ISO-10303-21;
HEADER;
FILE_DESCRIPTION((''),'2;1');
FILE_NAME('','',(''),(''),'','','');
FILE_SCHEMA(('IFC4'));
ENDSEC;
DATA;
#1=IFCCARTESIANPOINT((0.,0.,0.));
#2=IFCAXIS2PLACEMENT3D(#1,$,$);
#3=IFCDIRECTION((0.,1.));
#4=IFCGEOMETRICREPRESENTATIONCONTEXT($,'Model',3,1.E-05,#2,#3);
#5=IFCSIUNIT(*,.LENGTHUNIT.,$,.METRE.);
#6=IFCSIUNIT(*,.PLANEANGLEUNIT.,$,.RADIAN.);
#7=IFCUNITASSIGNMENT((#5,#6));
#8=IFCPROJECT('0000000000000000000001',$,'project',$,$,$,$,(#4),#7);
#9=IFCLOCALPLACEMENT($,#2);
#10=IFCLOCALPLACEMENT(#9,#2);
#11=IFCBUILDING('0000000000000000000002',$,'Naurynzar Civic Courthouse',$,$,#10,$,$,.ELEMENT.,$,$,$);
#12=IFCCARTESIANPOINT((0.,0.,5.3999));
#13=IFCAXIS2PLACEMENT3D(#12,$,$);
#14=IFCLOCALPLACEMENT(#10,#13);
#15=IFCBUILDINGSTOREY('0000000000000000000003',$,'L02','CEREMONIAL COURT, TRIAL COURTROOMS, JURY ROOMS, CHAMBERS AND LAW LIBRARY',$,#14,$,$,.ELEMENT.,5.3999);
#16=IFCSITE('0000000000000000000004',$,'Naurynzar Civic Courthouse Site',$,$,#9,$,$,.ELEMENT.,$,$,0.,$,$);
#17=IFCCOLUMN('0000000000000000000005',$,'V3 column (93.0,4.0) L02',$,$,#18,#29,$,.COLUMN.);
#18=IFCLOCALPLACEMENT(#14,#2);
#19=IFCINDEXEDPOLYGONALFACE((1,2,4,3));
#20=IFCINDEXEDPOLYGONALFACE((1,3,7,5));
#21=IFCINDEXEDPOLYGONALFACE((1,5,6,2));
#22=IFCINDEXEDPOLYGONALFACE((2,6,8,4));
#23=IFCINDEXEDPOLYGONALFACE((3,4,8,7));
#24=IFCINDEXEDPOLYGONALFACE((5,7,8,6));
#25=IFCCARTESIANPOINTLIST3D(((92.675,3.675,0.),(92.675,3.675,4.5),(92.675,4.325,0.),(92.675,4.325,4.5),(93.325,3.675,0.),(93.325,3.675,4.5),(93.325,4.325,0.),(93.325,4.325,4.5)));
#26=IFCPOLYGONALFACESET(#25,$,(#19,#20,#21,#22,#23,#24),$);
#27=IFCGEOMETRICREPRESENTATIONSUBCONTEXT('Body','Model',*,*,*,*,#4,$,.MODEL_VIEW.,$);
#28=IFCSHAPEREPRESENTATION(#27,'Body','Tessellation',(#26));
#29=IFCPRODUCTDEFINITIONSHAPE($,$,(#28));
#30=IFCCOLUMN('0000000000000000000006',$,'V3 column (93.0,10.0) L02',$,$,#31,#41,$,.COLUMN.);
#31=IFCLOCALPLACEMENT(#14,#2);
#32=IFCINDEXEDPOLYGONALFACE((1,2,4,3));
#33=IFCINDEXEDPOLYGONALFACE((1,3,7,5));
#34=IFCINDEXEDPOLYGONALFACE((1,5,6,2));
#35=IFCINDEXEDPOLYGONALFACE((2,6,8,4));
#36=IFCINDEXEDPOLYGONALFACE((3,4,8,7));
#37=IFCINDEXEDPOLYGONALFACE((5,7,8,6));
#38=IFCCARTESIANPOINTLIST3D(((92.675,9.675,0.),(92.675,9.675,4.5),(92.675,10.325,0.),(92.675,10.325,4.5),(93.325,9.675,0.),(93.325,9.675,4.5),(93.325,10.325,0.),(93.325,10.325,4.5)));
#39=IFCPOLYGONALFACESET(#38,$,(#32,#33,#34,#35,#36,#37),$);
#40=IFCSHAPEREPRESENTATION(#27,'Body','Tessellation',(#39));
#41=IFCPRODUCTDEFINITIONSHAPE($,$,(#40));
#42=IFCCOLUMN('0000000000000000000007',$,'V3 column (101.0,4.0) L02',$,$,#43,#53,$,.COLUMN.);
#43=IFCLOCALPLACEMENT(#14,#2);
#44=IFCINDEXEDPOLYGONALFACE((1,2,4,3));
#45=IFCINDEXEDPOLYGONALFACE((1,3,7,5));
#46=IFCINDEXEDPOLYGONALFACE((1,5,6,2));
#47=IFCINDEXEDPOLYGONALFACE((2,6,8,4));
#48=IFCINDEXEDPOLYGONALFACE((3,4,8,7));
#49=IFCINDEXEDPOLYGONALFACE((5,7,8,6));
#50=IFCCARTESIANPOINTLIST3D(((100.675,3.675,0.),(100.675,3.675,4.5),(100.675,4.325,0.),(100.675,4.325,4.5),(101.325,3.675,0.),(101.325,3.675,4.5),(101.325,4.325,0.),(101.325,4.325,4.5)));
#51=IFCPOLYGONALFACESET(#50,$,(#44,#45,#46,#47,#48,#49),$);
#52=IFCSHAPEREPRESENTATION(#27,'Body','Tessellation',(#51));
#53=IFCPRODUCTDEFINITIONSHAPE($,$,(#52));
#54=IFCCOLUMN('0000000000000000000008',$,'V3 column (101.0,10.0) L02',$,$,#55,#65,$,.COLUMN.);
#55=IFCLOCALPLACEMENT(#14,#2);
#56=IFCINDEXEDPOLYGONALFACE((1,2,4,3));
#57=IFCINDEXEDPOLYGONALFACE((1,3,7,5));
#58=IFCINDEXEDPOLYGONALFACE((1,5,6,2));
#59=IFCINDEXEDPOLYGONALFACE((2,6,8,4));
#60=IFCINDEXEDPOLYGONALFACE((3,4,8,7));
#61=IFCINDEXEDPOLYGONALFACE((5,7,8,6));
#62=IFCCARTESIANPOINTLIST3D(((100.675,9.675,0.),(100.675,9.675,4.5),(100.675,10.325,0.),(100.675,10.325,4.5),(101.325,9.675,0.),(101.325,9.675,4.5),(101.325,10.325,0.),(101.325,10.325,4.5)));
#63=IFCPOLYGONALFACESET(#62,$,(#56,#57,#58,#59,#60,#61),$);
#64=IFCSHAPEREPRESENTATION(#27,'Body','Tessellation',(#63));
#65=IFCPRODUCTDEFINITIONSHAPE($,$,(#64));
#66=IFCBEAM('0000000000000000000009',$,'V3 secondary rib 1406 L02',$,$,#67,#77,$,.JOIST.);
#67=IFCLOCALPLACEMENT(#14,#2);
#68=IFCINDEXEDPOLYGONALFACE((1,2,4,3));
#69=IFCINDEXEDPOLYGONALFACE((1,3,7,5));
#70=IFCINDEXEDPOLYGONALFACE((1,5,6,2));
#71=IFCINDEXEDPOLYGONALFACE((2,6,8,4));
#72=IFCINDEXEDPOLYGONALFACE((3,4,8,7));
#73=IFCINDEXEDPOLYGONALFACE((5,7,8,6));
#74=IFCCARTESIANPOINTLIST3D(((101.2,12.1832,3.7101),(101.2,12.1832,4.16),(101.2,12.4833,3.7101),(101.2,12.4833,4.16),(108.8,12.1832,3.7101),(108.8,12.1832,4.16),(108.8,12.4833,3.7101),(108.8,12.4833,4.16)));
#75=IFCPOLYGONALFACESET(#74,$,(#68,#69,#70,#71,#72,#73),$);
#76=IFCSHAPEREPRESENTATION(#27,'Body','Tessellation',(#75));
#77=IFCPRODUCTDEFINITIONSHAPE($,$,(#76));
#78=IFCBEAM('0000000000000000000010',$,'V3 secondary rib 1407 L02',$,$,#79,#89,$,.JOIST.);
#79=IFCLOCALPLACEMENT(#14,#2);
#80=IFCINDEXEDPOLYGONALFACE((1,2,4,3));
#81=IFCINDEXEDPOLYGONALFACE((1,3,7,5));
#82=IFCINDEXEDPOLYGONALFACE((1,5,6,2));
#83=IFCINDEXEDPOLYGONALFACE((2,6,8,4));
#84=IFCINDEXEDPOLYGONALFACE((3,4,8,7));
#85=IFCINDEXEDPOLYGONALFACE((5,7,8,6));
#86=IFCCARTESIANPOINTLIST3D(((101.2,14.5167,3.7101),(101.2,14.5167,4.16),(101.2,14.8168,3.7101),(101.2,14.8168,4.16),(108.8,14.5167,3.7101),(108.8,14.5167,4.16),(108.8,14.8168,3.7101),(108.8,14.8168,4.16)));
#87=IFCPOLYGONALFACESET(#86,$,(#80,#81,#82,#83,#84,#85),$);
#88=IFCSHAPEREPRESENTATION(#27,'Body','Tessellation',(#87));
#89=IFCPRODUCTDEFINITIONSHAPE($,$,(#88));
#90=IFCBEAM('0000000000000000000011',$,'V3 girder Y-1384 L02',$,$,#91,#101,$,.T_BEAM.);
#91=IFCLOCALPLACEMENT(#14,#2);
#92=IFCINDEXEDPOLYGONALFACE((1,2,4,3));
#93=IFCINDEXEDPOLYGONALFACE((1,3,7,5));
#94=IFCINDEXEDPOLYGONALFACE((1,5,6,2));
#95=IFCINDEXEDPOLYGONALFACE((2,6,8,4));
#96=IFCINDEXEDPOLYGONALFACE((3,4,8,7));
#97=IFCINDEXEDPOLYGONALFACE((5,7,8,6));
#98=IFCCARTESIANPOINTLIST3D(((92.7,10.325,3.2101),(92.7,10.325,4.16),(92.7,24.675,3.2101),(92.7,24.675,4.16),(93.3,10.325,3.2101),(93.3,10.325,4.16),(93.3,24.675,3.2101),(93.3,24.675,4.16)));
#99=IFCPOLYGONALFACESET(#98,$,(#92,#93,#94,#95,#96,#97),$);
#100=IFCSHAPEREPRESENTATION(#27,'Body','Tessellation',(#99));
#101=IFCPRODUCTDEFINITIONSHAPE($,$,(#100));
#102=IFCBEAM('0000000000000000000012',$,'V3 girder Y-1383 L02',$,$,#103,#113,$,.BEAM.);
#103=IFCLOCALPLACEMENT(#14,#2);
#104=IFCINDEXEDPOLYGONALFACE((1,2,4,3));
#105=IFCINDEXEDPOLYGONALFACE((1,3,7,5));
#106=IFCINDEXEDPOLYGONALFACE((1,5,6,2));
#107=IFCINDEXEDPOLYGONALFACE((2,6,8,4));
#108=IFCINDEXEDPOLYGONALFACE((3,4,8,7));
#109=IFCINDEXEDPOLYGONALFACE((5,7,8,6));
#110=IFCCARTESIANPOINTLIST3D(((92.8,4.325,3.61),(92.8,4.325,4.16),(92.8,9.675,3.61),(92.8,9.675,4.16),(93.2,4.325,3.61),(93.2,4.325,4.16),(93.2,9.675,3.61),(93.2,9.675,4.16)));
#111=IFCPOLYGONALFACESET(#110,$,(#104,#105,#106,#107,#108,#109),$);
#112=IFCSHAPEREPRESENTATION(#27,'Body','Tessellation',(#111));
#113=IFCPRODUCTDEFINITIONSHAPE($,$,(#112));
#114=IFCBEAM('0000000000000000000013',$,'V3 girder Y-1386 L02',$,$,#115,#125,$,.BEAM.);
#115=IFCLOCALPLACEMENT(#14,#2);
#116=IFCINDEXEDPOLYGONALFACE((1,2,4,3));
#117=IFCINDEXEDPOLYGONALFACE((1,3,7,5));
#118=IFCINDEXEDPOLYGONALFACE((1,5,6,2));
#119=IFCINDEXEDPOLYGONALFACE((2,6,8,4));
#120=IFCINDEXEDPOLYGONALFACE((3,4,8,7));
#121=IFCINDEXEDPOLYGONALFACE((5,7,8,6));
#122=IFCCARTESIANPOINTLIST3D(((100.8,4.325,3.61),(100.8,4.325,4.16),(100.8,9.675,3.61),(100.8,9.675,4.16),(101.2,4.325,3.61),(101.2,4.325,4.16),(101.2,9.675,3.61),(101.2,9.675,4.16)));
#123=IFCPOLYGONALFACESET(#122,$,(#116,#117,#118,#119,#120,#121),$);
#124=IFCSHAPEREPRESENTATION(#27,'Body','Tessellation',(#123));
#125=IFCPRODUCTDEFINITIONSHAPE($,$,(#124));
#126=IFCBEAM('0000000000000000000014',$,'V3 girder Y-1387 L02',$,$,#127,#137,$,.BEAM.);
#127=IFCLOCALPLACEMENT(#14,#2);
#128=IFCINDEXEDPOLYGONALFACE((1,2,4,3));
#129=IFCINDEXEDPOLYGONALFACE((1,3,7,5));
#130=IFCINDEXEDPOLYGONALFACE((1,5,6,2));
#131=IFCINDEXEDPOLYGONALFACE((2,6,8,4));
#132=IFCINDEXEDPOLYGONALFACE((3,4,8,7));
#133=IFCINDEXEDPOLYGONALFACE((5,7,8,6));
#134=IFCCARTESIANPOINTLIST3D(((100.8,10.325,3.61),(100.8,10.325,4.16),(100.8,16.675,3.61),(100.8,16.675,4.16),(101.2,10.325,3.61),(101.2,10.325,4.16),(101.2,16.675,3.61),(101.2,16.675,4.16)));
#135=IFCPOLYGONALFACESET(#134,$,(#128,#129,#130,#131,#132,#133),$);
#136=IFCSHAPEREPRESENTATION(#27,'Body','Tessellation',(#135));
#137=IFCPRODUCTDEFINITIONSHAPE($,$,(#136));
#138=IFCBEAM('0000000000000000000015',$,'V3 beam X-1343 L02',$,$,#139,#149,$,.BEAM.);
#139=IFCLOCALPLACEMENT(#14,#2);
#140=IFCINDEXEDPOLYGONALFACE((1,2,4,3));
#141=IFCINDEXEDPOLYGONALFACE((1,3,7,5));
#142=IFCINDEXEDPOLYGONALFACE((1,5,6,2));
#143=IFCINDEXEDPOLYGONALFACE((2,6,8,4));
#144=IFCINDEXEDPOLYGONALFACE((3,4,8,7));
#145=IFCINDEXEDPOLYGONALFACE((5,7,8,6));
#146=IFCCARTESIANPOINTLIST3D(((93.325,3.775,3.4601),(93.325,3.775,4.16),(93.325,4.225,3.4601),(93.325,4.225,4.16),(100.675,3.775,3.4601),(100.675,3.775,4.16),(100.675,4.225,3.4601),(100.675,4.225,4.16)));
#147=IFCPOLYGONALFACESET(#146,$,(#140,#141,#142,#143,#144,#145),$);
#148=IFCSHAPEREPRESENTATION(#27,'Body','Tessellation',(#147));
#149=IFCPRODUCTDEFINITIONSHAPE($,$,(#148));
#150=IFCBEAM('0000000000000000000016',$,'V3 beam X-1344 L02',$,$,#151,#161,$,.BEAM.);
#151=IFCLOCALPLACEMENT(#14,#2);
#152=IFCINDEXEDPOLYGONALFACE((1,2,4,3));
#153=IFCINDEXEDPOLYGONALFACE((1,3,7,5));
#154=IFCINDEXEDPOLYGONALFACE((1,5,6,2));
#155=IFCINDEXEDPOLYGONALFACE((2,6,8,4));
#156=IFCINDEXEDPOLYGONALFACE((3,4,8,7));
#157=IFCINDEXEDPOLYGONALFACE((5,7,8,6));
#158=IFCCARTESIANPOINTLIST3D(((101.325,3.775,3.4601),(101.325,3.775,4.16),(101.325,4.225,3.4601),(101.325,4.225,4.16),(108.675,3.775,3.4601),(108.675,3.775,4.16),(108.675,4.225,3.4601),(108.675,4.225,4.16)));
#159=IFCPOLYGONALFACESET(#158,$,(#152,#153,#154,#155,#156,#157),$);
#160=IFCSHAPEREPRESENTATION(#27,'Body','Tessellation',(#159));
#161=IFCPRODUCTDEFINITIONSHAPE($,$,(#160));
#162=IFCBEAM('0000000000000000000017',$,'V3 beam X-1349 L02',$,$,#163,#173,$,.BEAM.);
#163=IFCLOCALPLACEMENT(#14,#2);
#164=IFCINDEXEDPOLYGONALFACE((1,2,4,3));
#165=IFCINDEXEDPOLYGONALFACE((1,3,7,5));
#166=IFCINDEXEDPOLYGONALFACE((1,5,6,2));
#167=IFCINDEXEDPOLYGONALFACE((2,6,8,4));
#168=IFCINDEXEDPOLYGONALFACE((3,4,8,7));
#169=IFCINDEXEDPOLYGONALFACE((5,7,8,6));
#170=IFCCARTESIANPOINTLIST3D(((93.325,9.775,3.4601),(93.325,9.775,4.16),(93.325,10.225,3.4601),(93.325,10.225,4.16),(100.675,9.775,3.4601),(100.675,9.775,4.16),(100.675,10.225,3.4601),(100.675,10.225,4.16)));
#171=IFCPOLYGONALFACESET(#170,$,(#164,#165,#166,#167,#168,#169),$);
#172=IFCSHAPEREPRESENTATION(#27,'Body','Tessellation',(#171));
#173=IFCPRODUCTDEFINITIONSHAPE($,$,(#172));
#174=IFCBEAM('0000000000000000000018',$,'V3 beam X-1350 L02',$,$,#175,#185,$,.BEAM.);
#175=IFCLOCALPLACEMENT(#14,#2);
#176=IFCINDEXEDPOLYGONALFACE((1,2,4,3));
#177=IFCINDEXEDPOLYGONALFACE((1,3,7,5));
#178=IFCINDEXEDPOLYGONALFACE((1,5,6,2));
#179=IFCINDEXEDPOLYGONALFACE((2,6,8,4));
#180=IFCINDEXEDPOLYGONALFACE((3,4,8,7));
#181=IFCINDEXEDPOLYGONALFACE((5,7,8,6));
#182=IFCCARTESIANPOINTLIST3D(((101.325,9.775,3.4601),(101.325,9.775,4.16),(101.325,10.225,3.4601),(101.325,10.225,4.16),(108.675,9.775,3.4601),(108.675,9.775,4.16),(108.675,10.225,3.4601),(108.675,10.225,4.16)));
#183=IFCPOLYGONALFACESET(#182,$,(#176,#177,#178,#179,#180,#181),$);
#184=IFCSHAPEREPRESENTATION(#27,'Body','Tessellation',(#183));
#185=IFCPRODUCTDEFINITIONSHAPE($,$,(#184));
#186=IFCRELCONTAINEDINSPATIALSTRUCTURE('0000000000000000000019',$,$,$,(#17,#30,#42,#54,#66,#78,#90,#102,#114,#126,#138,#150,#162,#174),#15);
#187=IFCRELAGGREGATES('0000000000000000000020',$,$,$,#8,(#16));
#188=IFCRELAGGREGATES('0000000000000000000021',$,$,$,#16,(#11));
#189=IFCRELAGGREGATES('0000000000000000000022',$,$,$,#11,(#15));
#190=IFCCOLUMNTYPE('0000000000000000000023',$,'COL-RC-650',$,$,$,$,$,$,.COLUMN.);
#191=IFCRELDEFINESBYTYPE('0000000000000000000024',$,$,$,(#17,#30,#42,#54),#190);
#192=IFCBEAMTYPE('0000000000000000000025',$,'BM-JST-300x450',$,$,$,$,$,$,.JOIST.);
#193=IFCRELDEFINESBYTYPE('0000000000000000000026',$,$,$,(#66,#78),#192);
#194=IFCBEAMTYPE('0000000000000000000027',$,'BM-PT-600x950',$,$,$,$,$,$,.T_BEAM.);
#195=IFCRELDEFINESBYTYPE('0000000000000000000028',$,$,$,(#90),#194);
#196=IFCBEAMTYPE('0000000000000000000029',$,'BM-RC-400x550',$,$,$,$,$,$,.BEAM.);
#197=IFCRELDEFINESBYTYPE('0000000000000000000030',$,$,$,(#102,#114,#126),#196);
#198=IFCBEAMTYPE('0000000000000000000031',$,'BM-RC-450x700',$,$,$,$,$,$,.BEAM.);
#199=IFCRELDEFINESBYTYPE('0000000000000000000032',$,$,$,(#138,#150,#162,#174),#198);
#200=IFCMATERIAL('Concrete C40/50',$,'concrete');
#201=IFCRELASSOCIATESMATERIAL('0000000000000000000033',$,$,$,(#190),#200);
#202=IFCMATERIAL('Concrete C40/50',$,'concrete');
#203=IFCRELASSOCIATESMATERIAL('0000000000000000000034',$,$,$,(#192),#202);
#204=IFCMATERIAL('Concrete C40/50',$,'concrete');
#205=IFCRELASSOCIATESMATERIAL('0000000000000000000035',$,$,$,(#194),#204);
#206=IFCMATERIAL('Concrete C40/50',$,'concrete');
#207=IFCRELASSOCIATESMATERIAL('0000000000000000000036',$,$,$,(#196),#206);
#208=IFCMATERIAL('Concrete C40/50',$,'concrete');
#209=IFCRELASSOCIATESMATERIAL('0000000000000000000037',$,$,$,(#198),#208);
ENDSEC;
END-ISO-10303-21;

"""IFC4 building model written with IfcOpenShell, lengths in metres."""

from ifc_helpers import new_model, si_unit, direction, frame, origin, origin_2d, place, context, subcontext, project, spatial, rectangle, extrude, material, material_profile, profile_set, type_object, element, save


model = new_model("IFC4")

# Units and contexts
model_context = context("Model", 3, precision=1e-05, world=origin(), true_north=direction((0.0, 1.0)))
body_context = subcontext(model_context, "Body", "Model", "MODEL_VIEW")
ifc_project = project(units=[si_unit("LENGTHUNIT", "METRE"), si_unit("PLANEANGLEUNIT", "RADIAN")], contexts=[model_context])

# Site, building, storey
site_placement = place(None, origin())
site = spatial("IfcSite", under=ifc_project, at=site_placement, Name="Naurynzar Civic Courthouse Site", CompositionType="ELEMENT", RefElevation=0.0)
building_placement = place(site_placement, origin())
building = spatial("IfcBuilding", under=site, at=building_placement, Name="Naurynzar Civic Courthouse", CompositionType="ELEMENT")
storey_placement = place(building_placement, frame((0.0, 0.0, 5.3999)))
storey = spatial("IfcBuildingStorey", under=building, at=storey_placement, Name="L02", Description="CEREMONIAL COURT, TRIAL COURTROOMS, JURY ROOMS, CHAMBERS AND LAW LIBRARY", CompositionType="ELEMENT", Elevation=5.3999)

# Columns
ifc_material_1 = material(Name="Concrete C40/50", Category="concrete")
ifc_material_profile_1 = material_profile(ifc_material_1, rectangle(XDim=0.6499, YDim=0.6499, at=origin_2d()), Name="RC 650x650")
ifc_profile_set_1 = profile_set([ifc_material_profile_1], Name="Concrete C40/50")
column_type = type_object("IfcColumnType", Name="COL-RC-650", PredefinedType="COLUMN", material=ifc_profile_set_1)
for number, where, z_axis, x_axis, name in (
    (1, (93.0, 4.0, 0.0), (0.0, 0.0, 1.0), (1.0, 0.0, 0.0), "V3 column (93.0,4.0) L02"),
    (2, (93.0, 10.0, 0.0), (0.0, 0.0, 1.0), (1.0, 0.0, 0.0), "V3 column (93.0,10.0) L02"),
    (3, (101.0, 4.0, 0.0), (0.0, 0.0, 1.0), (1.0, 0.0, 0.0), "V3 column (101.0,4.0) L02"),
    (4, (101.0, 10.0, 0.0), (0.0, 0.0, 1.0), (1.0, 0.0, 0.0), "V3 column (101.0,10.0) L02"),
):
    element("IfcColumn", number, at=place(storey_placement, frame(where, z_axis=z_axis, x_axis=x_axis)), inside=storey, type_object=column_type, Name=name, PredefinedType="COLUMN", context=body_context, shape_type="SweptSolid", body=[
        extrude(rectangle(XDim=0.6499, YDim=0.6499, at=origin_2d()), origin(), (0.0, 0.0, 1.0), 4.5),
    ])

# Beams
ifc_material_2 = material(Name="Concrete C40/50", Category="concrete")
ifc_material_profile_2 = material_profile(ifc_material_2, rectangle(XDim=0.3, YDim=0.45, at=origin_2d()), Name="RCJ 300x450")
ifc_profile_set_2 = profile_set([ifc_material_profile_2], Name="Concrete C40/50")
beam_type_1 = type_object("IfcBeamType", Name="BM-JST-300x450", PredefinedType="JOIST", material=ifc_profile_set_2)
for number, where, z_axis, x_axis, name in (
    (5, (101.2, 12.3333, 3.9351), (1.0, 0.0, 0.0), (0.0, 1.0, 0.0), "V3 secondary rib 1406 L02"),
    (6, (101.2, 14.6667, 3.9351), (1.0, 0.0, 0.0), (0.0, 1.0, 0.0), "V3 secondary rib 1407 L02"),
):
    element("IfcBeam", number, at=place(storey_placement, frame(where, z_axis=z_axis, x_axis=x_axis)), inside=storey, type_object=beam_type_1, Name=name, PredefinedType="JOIST", context=body_context, shape_type="SweptSolid", body=[
        extrude(rectangle(XDim=0.3, YDim=0.45, at=origin_2d()), origin(), (0.0, 0.0, 1.0), 7.6001),
    ])
ifc_material_3 = material(Name="Concrete C40/50", Category="concrete")
ifc_material_profile_3 = material_profile(ifc_material_3, rectangle(XDim=0.6001, YDim=0.95, at=origin_2d()), Name="PTB 600x950")
ifc_profile_set_3 = profile_set([ifc_material_profile_3], Name="Concrete C40/50")
beam_type_2 = type_object("IfcBeamType", Name="BM-PT-600x950", PredefinedType="T_BEAM", material=ifc_profile_set_3)
beam_1_placement = place(storey_placement, frame((93.0, 10.325, 3.6851), z_axis=(0.0, 1.0, 0.0), x_axis=(-1.0, 0.0, 0.0)))
element("IfcBeam", 7, at=beam_1_placement, inside=storey, type_object=beam_type_2, Name="V3 girder Y-1384 L02", PredefinedType="T_BEAM", context=body_context, shape_type="SweptSolid", body=[
    extrude(rectangle(XDim=0.6001, YDim=0.95, at=origin_2d()), origin(), (0.0, 0.0, 1.0), 14.3501),
])
ifc_material_4 = material(Name="Concrete C40/50", Category="concrete")
ifc_material_profile_4 = material_profile(ifc_material_4, rectangle(XDim=0.3999, YDim=0.55, at=origin_2d()), Name="RCB 400x550")
ifc_profile_set_4 = profile_set([ifc_material_profile_4], Name="Concrete C40/50")
beam_type_3 = type_object("IfcBeamType", Name="BM-RC-400x550", PredefinedType="BEAM", material=ifc_profile_set_4)
for number, where, z_axis, x_axis, name in (
    (8, (93.0, 4.325, 3.885), (0.0, 1.0, 0.0), (-1.0, 0.0, 0.0), "V3 girder Y-1383 L02"),
    (9, (101.0, 4.325, 3.885), (0.0, 1.0, 0.0), (-1.0, 0.0, 0.0), "V3 girder Y-1386 L02"),
):
    element("IfcBeam", number, at=place(storey_placement, frame(where, z_axis=z_axis, x_axis=x_axis)), inside=storey, type_object=beam_type_3, Name=name, PredefinedType="BEAM", context=body_context, shape_type="SweptSolid", body=[
        extrude(rectangle(XDim=0.3999, YDim=0.55, at=origin_2d()), origin(), (0.0, 0.0, 1.0), 5.3501),
    ])
beam_2_placement = place(storey_placement, frame((101.0, 10.325, 3.885), z_axis=(0.0, 1.0, 0.0), x_axis=(-1.0, 0.0, 0.0)))
element("IfcBeam", 10, at=beam_2_placement, inside=storey, type_object=beam_type_3, Name="V3 girder Y-1387 L02", PredefinedType="BEAM", context=body_context, shape_type="SweptSolid", body=[
    extrude(rectangle(XDim=0.3999, YDim=0.55, at=origin_2d()), origin(), (0.0, 0.0, 1.0), 6.3501),
])
ifc_material_5 = material(Name="Concrete C40/50", Category="concrete")
ifc_material_profile_5 = material_profile(ifc_material_5, rectangle(XDim=0.45, YDim=0.7, at=origin_2d()), Name="RCB 450x700")
ifc_profile_set_5 = profile_set([ifc_material_profile_5], Name="Concrete C40/50")
beam_type_4 = type_object("IfcBeamType", Name="BM-RC-450x700", PredefinedType="BEAM", material=ifc_profile_set_5)
for number, where, z_axis, x_axis, name in (
    (11, (93.325, 4.0, 3.8101), (1.0, 0.0, 0.0), (0.0, 1.0, 0.0), "V3 beam X-1343 L02"),
    (12, (101.325, 4.0, 3.8101), (1.0, 0.0, 0.0), (0.0, 1.0, 0.0), "V3 beam X-1344 L02"),
    (13, (93.325, 10.0, 3.8101), (1.0, 0.0, 0.0), (0.0, 1.0, 0.0), "V3 beam X-1349 L02"),
    (14, (101.325, 10.0, 3.8101), (1.0, 0.0, 0.0), (0.0, 1.0, 0.0), "V3 beam X-1350 L02"),
):
    element("IfcBeam", number, at=place(storey_placement, frame(where, z_axis=z_axis, x_axis=x_axis)), inside=storey, type_object=beam_type_4, Name=name, PredefinedType="BEAM", context=body_context, shape_type="SweptSolid", body=[
        extrude(rectangle(XDim=0.45, YDim=0.7, at=origin_2d()), origin(), (0.0, 0.0, 1.0), 7.3501),
    ])

save(model, "model.ifc")
